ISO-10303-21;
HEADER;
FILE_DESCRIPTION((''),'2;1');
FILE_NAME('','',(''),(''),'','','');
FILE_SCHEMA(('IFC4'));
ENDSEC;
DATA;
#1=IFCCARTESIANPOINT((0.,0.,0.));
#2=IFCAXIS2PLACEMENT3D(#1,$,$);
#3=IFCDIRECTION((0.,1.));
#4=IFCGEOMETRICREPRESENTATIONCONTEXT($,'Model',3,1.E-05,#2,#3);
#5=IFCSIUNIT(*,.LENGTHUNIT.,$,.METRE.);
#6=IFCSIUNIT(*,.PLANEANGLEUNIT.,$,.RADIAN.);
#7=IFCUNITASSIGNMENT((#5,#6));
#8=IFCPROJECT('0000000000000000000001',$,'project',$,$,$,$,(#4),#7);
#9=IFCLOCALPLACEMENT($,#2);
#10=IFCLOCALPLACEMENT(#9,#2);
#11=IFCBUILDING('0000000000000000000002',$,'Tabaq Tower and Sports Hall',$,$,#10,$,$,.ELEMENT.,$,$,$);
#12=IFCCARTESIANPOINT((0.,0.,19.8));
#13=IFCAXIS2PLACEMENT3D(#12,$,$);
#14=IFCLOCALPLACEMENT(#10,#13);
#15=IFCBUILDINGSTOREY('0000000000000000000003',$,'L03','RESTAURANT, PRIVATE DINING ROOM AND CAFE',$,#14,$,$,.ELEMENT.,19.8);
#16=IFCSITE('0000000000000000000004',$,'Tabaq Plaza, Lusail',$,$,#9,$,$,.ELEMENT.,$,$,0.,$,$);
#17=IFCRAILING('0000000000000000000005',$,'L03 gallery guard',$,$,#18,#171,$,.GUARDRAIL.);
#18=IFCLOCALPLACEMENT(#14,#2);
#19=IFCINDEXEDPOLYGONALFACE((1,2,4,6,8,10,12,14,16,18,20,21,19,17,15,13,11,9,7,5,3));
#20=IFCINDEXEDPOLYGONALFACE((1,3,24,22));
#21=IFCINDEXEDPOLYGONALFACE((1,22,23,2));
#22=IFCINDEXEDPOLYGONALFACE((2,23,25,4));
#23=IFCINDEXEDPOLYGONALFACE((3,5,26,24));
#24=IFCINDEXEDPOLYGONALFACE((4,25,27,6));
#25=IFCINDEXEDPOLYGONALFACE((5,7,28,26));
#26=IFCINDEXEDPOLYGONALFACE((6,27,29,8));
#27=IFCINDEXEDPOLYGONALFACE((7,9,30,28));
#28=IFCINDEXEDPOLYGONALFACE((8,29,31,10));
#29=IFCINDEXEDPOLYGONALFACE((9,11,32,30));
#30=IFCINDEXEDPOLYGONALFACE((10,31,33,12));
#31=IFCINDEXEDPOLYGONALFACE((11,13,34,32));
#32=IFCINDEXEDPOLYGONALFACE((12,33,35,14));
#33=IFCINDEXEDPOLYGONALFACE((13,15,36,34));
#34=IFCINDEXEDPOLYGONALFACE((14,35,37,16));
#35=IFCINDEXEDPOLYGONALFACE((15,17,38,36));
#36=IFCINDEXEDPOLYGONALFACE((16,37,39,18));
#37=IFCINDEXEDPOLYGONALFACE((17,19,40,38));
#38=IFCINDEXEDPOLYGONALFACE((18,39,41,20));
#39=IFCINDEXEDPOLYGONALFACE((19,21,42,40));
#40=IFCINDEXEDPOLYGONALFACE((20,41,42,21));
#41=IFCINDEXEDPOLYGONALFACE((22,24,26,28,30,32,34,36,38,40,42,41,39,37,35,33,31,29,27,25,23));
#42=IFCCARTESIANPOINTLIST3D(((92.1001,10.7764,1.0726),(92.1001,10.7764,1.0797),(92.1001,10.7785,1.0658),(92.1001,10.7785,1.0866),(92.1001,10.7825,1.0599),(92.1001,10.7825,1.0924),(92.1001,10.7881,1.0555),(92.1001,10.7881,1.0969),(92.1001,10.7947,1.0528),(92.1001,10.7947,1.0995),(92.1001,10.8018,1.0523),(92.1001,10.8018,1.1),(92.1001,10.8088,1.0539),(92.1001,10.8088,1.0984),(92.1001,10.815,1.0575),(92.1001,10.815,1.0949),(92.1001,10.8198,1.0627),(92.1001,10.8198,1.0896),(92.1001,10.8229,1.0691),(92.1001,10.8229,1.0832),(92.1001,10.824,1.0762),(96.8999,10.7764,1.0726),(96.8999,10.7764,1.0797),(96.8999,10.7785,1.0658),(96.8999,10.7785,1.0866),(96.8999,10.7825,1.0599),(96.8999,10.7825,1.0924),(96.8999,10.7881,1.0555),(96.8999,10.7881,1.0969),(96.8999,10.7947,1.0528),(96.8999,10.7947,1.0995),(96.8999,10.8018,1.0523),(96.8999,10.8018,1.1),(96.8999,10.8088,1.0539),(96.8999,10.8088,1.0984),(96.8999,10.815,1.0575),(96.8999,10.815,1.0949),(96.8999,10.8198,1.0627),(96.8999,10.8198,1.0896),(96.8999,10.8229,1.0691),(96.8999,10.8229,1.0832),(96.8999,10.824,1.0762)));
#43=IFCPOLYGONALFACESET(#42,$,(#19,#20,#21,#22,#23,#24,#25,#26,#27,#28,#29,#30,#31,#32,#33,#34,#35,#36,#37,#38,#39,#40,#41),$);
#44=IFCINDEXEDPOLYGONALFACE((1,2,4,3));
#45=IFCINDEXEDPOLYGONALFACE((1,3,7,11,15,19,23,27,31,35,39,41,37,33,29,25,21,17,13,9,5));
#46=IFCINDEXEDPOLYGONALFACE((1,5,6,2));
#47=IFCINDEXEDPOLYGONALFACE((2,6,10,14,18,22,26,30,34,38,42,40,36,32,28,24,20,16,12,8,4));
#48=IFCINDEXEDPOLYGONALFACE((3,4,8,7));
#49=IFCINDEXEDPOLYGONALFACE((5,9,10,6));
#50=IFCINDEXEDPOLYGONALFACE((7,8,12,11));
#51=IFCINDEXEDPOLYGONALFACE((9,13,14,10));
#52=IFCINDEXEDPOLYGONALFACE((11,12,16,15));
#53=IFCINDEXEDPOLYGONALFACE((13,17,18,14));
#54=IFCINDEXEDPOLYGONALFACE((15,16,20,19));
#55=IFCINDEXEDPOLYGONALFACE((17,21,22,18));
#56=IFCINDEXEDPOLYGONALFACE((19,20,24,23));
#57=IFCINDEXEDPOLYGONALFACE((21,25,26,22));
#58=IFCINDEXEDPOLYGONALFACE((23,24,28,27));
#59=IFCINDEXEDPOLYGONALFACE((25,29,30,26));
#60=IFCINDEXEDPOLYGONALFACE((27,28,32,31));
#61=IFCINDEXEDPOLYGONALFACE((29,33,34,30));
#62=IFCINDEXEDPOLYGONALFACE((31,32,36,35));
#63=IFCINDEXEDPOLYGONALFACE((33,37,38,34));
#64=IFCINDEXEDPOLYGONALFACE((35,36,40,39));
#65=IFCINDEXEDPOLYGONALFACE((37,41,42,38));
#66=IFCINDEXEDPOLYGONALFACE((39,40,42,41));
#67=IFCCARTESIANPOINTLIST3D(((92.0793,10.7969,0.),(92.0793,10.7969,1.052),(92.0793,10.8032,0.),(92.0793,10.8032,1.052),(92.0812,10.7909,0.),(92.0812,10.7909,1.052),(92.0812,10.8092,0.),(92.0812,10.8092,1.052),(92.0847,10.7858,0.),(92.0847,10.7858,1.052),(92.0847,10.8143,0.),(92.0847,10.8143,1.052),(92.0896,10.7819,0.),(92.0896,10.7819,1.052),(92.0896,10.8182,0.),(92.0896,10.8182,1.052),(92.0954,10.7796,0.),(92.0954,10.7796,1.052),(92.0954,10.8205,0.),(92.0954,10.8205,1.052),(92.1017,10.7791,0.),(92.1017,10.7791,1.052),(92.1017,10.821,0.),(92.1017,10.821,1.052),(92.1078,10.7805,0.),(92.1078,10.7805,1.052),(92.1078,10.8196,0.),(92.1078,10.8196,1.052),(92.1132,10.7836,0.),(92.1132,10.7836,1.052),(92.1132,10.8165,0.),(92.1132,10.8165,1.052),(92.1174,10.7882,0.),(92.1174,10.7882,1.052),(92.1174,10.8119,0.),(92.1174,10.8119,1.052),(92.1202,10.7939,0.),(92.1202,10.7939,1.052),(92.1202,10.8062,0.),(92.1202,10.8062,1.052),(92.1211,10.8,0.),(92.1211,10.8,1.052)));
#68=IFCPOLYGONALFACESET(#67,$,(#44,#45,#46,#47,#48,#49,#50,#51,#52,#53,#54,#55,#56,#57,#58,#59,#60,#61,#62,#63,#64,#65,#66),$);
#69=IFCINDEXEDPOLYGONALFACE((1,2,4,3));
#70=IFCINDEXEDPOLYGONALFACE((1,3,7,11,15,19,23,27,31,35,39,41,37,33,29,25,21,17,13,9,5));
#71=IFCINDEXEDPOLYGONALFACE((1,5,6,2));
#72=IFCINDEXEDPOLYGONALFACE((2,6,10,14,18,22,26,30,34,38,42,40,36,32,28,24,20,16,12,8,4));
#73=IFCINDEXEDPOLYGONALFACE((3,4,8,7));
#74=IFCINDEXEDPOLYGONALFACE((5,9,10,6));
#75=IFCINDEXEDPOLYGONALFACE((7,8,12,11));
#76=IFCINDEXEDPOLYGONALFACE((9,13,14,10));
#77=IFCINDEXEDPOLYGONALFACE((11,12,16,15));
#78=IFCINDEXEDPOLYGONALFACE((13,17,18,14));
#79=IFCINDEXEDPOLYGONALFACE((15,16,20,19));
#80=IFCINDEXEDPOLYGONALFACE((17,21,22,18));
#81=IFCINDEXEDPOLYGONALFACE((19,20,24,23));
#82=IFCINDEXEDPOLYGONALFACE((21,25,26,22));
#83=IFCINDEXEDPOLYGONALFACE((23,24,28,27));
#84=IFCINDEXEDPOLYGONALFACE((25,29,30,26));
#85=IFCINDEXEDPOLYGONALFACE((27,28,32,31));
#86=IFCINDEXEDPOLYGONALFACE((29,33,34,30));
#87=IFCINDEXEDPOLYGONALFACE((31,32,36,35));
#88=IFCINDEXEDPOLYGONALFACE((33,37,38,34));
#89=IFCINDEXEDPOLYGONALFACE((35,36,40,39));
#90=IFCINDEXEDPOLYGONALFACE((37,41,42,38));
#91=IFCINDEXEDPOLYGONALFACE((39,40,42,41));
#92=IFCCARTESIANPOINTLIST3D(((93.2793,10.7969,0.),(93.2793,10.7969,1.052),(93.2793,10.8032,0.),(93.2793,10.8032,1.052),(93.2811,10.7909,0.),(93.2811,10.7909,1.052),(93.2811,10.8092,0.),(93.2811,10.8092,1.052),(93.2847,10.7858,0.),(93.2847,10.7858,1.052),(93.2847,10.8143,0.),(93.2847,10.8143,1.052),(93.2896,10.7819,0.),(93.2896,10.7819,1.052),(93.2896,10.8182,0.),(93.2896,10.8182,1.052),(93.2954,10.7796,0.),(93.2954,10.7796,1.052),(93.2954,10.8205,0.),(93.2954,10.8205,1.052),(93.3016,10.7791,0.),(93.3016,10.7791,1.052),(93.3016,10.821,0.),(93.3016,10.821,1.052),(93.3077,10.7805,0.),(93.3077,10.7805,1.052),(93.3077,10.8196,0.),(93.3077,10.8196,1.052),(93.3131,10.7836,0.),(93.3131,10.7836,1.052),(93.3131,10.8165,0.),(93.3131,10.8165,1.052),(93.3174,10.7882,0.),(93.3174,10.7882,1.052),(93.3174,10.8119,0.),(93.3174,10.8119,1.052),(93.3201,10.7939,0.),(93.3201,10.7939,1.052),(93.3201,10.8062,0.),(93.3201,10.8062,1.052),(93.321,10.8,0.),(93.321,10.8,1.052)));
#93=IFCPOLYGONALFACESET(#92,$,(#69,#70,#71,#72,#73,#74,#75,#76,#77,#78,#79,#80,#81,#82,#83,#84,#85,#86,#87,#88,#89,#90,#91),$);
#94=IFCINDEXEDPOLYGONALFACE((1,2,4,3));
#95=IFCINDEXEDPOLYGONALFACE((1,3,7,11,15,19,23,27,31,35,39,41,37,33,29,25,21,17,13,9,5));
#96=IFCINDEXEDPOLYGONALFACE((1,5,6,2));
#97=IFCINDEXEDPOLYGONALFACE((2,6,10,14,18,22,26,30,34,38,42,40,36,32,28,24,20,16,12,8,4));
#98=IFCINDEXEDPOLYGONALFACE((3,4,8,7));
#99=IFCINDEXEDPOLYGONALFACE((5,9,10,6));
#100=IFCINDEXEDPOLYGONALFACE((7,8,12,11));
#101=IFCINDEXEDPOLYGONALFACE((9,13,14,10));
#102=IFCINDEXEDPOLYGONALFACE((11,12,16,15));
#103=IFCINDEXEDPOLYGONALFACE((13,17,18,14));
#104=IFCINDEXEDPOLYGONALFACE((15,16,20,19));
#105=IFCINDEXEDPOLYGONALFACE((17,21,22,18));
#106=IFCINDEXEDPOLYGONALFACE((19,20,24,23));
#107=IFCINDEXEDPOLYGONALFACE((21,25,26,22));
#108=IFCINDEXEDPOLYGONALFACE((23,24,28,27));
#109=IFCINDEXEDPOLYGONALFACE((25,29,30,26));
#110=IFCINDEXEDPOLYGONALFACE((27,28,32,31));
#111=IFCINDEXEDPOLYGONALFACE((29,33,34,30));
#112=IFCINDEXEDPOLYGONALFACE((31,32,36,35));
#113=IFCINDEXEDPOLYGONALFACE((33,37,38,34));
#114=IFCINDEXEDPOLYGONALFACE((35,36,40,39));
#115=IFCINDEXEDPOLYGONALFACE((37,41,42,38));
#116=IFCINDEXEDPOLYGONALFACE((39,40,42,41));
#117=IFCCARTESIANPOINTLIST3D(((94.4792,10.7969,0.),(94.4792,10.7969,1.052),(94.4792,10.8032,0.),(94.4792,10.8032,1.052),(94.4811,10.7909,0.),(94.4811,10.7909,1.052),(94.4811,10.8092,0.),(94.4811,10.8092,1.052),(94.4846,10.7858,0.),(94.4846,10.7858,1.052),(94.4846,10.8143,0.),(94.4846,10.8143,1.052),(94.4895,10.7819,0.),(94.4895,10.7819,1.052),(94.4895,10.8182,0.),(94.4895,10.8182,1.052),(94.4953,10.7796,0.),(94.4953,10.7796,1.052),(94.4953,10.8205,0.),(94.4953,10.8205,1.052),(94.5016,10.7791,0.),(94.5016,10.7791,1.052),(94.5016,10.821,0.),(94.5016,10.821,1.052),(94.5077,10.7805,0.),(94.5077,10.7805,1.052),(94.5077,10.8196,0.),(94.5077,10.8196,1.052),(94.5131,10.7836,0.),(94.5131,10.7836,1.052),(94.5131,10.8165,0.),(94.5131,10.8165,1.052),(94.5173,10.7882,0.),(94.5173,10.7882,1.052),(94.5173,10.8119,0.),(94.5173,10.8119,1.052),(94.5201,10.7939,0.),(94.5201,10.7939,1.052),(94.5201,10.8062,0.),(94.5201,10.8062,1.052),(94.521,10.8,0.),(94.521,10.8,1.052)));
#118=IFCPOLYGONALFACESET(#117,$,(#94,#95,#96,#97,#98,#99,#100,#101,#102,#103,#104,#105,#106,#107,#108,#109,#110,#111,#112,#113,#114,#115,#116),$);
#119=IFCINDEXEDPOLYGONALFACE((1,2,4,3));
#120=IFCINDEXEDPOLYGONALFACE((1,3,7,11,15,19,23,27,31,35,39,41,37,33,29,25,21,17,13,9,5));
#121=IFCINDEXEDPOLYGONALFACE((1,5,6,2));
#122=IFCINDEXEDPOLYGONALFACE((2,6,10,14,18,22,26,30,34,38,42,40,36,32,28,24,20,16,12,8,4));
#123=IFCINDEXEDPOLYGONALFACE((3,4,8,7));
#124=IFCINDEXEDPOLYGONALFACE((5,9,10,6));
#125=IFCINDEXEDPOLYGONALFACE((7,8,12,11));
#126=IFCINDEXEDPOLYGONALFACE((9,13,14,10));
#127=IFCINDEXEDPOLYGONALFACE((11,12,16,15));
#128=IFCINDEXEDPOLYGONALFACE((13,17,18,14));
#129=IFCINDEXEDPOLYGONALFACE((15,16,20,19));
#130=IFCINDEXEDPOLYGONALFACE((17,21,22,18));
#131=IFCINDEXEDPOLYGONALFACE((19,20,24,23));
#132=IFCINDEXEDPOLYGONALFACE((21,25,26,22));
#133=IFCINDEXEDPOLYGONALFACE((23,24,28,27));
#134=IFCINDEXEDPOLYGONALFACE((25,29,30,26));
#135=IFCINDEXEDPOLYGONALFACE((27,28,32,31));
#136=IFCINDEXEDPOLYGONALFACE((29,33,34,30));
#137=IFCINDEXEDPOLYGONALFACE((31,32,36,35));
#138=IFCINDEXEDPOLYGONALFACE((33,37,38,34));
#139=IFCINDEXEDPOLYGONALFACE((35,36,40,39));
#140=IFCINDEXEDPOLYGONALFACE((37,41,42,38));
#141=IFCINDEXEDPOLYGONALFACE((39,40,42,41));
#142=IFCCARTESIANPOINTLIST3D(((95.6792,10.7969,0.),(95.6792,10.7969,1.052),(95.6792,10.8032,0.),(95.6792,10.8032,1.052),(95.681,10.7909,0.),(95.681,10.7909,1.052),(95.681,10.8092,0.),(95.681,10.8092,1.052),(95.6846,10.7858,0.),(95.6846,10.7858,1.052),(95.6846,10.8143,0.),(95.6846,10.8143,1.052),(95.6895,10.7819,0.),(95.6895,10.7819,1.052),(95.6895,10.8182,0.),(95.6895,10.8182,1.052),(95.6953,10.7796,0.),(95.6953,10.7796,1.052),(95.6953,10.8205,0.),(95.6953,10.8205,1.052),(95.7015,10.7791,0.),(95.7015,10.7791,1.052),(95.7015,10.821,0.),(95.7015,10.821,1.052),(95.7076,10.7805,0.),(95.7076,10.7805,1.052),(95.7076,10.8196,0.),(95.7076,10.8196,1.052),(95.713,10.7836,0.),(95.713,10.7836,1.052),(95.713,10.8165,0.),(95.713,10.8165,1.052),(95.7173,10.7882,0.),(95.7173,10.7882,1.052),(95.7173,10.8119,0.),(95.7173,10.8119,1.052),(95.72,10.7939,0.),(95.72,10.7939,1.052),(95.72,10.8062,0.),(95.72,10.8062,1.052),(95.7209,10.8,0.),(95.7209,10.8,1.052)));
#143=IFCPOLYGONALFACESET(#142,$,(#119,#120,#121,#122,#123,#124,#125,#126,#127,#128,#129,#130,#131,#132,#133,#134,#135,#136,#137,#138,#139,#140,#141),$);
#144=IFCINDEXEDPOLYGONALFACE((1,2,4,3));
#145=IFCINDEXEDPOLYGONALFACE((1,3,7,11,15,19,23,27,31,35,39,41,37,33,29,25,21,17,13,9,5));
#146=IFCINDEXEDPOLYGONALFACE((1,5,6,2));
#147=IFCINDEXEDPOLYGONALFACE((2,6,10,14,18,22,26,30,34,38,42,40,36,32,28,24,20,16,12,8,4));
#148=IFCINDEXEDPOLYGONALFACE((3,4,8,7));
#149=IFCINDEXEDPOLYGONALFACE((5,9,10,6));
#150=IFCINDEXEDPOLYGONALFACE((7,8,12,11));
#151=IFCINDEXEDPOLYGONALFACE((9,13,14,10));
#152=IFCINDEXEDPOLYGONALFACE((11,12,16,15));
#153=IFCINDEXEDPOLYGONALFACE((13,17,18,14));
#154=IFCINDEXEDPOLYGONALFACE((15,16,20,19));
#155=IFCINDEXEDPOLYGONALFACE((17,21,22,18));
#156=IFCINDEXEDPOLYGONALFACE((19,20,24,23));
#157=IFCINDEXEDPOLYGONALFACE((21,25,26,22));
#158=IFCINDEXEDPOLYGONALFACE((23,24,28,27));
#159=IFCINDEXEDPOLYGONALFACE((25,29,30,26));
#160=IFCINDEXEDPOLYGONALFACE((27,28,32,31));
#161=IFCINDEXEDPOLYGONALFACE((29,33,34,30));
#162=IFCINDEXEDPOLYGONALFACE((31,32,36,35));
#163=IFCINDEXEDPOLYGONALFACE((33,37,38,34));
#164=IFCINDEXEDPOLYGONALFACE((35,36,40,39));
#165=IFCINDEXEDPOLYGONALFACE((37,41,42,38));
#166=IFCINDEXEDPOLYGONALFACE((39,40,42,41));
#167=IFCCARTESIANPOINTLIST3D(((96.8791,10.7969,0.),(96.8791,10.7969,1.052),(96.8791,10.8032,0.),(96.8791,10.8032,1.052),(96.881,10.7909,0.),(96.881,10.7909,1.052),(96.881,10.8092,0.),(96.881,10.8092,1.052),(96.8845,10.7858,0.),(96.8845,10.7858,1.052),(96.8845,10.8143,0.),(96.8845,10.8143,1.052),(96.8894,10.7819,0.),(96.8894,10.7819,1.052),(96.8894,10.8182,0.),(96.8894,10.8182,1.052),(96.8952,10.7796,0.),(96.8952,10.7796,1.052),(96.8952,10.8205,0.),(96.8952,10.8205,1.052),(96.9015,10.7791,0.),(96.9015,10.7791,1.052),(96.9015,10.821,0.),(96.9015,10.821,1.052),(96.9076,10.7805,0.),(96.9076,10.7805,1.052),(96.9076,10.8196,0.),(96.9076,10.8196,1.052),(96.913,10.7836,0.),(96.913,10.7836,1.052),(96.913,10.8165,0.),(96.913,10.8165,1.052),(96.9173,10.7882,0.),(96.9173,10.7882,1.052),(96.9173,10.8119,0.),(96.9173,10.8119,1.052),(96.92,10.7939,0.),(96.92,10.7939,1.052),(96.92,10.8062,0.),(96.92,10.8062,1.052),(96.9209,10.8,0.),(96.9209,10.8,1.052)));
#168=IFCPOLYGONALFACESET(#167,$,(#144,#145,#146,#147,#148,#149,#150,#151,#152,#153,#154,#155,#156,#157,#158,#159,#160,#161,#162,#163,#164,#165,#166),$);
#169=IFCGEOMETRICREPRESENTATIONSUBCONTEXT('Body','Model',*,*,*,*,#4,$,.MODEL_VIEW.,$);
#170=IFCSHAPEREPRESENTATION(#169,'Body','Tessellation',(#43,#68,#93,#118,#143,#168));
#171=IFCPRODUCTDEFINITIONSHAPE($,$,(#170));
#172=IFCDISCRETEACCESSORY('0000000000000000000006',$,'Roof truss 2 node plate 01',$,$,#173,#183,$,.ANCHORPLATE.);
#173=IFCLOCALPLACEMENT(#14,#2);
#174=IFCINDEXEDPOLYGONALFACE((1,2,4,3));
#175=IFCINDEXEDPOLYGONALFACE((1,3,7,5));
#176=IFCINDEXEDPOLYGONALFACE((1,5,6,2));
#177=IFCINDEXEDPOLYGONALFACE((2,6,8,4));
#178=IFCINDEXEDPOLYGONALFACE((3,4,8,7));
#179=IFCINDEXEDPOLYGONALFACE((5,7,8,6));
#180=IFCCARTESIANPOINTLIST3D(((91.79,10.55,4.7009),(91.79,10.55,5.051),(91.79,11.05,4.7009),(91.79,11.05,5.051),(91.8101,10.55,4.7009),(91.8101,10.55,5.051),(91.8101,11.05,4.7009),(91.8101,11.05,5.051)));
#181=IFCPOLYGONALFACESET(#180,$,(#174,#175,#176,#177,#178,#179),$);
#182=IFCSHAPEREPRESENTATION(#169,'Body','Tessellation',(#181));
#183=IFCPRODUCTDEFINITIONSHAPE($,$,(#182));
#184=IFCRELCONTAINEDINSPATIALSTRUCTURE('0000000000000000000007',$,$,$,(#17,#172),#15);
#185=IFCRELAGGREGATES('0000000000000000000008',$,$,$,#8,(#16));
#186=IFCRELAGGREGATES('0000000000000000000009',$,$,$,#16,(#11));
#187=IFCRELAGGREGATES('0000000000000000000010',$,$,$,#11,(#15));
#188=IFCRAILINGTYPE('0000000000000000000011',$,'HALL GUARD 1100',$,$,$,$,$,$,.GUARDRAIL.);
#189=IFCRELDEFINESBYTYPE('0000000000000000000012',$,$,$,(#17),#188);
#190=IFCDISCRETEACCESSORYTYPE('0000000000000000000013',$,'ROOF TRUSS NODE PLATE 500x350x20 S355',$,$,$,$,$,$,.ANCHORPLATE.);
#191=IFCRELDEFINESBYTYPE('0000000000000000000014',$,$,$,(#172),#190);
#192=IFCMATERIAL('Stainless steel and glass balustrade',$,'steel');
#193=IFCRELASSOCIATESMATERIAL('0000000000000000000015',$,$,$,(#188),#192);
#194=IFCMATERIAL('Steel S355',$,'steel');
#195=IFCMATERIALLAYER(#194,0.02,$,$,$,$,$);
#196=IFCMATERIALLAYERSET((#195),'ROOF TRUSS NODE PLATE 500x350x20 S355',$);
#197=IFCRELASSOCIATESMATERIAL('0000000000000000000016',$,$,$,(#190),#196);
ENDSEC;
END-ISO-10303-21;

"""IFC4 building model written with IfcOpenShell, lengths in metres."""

from ifc_helpers import new_model, si_unit, direction, frame, origin, origin_2d, place, context, subcontext, project, spatial, rectangle, circle, extrude, material, layer, layer_set, type_object, element, save


model = new_model("IFC4")

# Units and contexts
model_context = context("Model", 3, precision=1e-05, world=origin(), true_north=direction((0.0, 1.0)))
body_context = subcontext(model_context, "Body", "Model", "MODEL_VIEW")
ifc_project = project(units=[si_unit("LENGTHUNIT", "METRE"), si_unit("PLANEANGLEUNIT", "RADIAN")], contexts=[model_context])

# Site, building, storey
site_placement = place(None, origin())
site = spatial("IfcSite", under=ifc_project, at=site_placement, Name="Tabaq Plaza, Lusail", CompositionType="ELEMENT", RefElevation=0.0)
building_placement = place(site_placement, origin())
building = spatial("IfcBuilding", under=site, at=building_placement, Name="Tabaq Tower and Sports Hall", CompositionType="ELEMENT")
storey_placement = place(building_placement, frame((0.0, 0.0, 19.8)))
storey = spatial("IfcBuildingStorey", under=building, at=storey_placement, Name="L03", Description="RESTAURANT, PRIVATE DINING ROOM AND CAFE", CompositionType="ELEMENT", Elevation=19.8)

# Railing
ifc_material_1 = material(Name="Stainless steel and glass balustrade", Category="steel")
railing_type = type_object("IfcRailingType", Name="HALL GUARD 1100", PredefinedType="GUARDRAIL", material=ifc_material_1)
railing_1_placement = place(storey_placement, frame((92.1001, 10.8, 0.0)))
element("IfcRailing", 1, at=railing_1_placement, inside=storey, type_object=railing_type, Name="L03 gallery guard", PredefinedType="GUARDRAIL", context=body_context, shape_type="SweptSolid", body=[
    extrude(circle(Radius=0.0239, at=origin_2d()), frame((0.0, 0.0, 1.0762), z_axis=(1.0, 0.0, 0.0), x_axis=(0.0, 1.0, 0.0)), (0.0, 0.0, 1.0), 4.7998),
    extrude(circle(Radius=0.021, at=origin_2d()), origin(), (0.0, 0.0, 1.0), 1.052),
    extrude(circle(Radius=0.021, at=origin_2d()), frame((1.2, 0.0, 0.0)), (0.0, 0.0, 1.0), 1.052),
    extrude(circle(Radius=0.021, at=origin_2d()), frame((2.3999, 0.0, 0.0)), (0.0, 0.0, 1.0), 1.052),
    extrude(circle(Radius=0.021, at=origin_2d()), frame((3.5999, 0.0, 0.0)), (0.0, 0.0, 1.0), 1.052),
    extrude(circle(Radius=0.021, at=origin_2d()), frame((4.7998, 0.0, 0.0)), (0.0, 0.0, 1.0), 1.052),
])

# Discrete accessory
ifc_material_2 = material(Name="Steel S355", Category="steel")
ifc_layer_1 = layer(ifc_material_2, 0.02)
ifc_layer_set_1 = layer_set([ifc_layer_1], Name="ROOF TRUSS NODE PLATE 500x350x20 S355")
discrete_accessory_type = type_object("IfcDiscreteAccessoryType", Name="ROOF TRUSS NODE PLATE 500x350x20 S355", PredefinedType="ANCHORPLATE", material=ifc_layer_set_1)
discrete_accessory_placement = place(storey_placement, frame((91.8, 10.8, 4.7009), z_axis=(0.0, 0.0, 1.0), x_axis=(1.0, 0.0, 0.0)))
element("IfcDiscreteAccessory", 2, at=discrete_accessory_placement, inside=storey, type_object=discrete_accessory_type, Name="Roof truss 2 node plate 01", PredefinedType="ANCHORPLATE", context=body_context, shape_type="SweptSolid", body=[
    extrude(rectangle(XDim=0.02, YDim=0.5, at=origin_2d()), origin(), (0.0, 0.0, 1.0), 0.3501),
])

save(model, "model.ifc")
